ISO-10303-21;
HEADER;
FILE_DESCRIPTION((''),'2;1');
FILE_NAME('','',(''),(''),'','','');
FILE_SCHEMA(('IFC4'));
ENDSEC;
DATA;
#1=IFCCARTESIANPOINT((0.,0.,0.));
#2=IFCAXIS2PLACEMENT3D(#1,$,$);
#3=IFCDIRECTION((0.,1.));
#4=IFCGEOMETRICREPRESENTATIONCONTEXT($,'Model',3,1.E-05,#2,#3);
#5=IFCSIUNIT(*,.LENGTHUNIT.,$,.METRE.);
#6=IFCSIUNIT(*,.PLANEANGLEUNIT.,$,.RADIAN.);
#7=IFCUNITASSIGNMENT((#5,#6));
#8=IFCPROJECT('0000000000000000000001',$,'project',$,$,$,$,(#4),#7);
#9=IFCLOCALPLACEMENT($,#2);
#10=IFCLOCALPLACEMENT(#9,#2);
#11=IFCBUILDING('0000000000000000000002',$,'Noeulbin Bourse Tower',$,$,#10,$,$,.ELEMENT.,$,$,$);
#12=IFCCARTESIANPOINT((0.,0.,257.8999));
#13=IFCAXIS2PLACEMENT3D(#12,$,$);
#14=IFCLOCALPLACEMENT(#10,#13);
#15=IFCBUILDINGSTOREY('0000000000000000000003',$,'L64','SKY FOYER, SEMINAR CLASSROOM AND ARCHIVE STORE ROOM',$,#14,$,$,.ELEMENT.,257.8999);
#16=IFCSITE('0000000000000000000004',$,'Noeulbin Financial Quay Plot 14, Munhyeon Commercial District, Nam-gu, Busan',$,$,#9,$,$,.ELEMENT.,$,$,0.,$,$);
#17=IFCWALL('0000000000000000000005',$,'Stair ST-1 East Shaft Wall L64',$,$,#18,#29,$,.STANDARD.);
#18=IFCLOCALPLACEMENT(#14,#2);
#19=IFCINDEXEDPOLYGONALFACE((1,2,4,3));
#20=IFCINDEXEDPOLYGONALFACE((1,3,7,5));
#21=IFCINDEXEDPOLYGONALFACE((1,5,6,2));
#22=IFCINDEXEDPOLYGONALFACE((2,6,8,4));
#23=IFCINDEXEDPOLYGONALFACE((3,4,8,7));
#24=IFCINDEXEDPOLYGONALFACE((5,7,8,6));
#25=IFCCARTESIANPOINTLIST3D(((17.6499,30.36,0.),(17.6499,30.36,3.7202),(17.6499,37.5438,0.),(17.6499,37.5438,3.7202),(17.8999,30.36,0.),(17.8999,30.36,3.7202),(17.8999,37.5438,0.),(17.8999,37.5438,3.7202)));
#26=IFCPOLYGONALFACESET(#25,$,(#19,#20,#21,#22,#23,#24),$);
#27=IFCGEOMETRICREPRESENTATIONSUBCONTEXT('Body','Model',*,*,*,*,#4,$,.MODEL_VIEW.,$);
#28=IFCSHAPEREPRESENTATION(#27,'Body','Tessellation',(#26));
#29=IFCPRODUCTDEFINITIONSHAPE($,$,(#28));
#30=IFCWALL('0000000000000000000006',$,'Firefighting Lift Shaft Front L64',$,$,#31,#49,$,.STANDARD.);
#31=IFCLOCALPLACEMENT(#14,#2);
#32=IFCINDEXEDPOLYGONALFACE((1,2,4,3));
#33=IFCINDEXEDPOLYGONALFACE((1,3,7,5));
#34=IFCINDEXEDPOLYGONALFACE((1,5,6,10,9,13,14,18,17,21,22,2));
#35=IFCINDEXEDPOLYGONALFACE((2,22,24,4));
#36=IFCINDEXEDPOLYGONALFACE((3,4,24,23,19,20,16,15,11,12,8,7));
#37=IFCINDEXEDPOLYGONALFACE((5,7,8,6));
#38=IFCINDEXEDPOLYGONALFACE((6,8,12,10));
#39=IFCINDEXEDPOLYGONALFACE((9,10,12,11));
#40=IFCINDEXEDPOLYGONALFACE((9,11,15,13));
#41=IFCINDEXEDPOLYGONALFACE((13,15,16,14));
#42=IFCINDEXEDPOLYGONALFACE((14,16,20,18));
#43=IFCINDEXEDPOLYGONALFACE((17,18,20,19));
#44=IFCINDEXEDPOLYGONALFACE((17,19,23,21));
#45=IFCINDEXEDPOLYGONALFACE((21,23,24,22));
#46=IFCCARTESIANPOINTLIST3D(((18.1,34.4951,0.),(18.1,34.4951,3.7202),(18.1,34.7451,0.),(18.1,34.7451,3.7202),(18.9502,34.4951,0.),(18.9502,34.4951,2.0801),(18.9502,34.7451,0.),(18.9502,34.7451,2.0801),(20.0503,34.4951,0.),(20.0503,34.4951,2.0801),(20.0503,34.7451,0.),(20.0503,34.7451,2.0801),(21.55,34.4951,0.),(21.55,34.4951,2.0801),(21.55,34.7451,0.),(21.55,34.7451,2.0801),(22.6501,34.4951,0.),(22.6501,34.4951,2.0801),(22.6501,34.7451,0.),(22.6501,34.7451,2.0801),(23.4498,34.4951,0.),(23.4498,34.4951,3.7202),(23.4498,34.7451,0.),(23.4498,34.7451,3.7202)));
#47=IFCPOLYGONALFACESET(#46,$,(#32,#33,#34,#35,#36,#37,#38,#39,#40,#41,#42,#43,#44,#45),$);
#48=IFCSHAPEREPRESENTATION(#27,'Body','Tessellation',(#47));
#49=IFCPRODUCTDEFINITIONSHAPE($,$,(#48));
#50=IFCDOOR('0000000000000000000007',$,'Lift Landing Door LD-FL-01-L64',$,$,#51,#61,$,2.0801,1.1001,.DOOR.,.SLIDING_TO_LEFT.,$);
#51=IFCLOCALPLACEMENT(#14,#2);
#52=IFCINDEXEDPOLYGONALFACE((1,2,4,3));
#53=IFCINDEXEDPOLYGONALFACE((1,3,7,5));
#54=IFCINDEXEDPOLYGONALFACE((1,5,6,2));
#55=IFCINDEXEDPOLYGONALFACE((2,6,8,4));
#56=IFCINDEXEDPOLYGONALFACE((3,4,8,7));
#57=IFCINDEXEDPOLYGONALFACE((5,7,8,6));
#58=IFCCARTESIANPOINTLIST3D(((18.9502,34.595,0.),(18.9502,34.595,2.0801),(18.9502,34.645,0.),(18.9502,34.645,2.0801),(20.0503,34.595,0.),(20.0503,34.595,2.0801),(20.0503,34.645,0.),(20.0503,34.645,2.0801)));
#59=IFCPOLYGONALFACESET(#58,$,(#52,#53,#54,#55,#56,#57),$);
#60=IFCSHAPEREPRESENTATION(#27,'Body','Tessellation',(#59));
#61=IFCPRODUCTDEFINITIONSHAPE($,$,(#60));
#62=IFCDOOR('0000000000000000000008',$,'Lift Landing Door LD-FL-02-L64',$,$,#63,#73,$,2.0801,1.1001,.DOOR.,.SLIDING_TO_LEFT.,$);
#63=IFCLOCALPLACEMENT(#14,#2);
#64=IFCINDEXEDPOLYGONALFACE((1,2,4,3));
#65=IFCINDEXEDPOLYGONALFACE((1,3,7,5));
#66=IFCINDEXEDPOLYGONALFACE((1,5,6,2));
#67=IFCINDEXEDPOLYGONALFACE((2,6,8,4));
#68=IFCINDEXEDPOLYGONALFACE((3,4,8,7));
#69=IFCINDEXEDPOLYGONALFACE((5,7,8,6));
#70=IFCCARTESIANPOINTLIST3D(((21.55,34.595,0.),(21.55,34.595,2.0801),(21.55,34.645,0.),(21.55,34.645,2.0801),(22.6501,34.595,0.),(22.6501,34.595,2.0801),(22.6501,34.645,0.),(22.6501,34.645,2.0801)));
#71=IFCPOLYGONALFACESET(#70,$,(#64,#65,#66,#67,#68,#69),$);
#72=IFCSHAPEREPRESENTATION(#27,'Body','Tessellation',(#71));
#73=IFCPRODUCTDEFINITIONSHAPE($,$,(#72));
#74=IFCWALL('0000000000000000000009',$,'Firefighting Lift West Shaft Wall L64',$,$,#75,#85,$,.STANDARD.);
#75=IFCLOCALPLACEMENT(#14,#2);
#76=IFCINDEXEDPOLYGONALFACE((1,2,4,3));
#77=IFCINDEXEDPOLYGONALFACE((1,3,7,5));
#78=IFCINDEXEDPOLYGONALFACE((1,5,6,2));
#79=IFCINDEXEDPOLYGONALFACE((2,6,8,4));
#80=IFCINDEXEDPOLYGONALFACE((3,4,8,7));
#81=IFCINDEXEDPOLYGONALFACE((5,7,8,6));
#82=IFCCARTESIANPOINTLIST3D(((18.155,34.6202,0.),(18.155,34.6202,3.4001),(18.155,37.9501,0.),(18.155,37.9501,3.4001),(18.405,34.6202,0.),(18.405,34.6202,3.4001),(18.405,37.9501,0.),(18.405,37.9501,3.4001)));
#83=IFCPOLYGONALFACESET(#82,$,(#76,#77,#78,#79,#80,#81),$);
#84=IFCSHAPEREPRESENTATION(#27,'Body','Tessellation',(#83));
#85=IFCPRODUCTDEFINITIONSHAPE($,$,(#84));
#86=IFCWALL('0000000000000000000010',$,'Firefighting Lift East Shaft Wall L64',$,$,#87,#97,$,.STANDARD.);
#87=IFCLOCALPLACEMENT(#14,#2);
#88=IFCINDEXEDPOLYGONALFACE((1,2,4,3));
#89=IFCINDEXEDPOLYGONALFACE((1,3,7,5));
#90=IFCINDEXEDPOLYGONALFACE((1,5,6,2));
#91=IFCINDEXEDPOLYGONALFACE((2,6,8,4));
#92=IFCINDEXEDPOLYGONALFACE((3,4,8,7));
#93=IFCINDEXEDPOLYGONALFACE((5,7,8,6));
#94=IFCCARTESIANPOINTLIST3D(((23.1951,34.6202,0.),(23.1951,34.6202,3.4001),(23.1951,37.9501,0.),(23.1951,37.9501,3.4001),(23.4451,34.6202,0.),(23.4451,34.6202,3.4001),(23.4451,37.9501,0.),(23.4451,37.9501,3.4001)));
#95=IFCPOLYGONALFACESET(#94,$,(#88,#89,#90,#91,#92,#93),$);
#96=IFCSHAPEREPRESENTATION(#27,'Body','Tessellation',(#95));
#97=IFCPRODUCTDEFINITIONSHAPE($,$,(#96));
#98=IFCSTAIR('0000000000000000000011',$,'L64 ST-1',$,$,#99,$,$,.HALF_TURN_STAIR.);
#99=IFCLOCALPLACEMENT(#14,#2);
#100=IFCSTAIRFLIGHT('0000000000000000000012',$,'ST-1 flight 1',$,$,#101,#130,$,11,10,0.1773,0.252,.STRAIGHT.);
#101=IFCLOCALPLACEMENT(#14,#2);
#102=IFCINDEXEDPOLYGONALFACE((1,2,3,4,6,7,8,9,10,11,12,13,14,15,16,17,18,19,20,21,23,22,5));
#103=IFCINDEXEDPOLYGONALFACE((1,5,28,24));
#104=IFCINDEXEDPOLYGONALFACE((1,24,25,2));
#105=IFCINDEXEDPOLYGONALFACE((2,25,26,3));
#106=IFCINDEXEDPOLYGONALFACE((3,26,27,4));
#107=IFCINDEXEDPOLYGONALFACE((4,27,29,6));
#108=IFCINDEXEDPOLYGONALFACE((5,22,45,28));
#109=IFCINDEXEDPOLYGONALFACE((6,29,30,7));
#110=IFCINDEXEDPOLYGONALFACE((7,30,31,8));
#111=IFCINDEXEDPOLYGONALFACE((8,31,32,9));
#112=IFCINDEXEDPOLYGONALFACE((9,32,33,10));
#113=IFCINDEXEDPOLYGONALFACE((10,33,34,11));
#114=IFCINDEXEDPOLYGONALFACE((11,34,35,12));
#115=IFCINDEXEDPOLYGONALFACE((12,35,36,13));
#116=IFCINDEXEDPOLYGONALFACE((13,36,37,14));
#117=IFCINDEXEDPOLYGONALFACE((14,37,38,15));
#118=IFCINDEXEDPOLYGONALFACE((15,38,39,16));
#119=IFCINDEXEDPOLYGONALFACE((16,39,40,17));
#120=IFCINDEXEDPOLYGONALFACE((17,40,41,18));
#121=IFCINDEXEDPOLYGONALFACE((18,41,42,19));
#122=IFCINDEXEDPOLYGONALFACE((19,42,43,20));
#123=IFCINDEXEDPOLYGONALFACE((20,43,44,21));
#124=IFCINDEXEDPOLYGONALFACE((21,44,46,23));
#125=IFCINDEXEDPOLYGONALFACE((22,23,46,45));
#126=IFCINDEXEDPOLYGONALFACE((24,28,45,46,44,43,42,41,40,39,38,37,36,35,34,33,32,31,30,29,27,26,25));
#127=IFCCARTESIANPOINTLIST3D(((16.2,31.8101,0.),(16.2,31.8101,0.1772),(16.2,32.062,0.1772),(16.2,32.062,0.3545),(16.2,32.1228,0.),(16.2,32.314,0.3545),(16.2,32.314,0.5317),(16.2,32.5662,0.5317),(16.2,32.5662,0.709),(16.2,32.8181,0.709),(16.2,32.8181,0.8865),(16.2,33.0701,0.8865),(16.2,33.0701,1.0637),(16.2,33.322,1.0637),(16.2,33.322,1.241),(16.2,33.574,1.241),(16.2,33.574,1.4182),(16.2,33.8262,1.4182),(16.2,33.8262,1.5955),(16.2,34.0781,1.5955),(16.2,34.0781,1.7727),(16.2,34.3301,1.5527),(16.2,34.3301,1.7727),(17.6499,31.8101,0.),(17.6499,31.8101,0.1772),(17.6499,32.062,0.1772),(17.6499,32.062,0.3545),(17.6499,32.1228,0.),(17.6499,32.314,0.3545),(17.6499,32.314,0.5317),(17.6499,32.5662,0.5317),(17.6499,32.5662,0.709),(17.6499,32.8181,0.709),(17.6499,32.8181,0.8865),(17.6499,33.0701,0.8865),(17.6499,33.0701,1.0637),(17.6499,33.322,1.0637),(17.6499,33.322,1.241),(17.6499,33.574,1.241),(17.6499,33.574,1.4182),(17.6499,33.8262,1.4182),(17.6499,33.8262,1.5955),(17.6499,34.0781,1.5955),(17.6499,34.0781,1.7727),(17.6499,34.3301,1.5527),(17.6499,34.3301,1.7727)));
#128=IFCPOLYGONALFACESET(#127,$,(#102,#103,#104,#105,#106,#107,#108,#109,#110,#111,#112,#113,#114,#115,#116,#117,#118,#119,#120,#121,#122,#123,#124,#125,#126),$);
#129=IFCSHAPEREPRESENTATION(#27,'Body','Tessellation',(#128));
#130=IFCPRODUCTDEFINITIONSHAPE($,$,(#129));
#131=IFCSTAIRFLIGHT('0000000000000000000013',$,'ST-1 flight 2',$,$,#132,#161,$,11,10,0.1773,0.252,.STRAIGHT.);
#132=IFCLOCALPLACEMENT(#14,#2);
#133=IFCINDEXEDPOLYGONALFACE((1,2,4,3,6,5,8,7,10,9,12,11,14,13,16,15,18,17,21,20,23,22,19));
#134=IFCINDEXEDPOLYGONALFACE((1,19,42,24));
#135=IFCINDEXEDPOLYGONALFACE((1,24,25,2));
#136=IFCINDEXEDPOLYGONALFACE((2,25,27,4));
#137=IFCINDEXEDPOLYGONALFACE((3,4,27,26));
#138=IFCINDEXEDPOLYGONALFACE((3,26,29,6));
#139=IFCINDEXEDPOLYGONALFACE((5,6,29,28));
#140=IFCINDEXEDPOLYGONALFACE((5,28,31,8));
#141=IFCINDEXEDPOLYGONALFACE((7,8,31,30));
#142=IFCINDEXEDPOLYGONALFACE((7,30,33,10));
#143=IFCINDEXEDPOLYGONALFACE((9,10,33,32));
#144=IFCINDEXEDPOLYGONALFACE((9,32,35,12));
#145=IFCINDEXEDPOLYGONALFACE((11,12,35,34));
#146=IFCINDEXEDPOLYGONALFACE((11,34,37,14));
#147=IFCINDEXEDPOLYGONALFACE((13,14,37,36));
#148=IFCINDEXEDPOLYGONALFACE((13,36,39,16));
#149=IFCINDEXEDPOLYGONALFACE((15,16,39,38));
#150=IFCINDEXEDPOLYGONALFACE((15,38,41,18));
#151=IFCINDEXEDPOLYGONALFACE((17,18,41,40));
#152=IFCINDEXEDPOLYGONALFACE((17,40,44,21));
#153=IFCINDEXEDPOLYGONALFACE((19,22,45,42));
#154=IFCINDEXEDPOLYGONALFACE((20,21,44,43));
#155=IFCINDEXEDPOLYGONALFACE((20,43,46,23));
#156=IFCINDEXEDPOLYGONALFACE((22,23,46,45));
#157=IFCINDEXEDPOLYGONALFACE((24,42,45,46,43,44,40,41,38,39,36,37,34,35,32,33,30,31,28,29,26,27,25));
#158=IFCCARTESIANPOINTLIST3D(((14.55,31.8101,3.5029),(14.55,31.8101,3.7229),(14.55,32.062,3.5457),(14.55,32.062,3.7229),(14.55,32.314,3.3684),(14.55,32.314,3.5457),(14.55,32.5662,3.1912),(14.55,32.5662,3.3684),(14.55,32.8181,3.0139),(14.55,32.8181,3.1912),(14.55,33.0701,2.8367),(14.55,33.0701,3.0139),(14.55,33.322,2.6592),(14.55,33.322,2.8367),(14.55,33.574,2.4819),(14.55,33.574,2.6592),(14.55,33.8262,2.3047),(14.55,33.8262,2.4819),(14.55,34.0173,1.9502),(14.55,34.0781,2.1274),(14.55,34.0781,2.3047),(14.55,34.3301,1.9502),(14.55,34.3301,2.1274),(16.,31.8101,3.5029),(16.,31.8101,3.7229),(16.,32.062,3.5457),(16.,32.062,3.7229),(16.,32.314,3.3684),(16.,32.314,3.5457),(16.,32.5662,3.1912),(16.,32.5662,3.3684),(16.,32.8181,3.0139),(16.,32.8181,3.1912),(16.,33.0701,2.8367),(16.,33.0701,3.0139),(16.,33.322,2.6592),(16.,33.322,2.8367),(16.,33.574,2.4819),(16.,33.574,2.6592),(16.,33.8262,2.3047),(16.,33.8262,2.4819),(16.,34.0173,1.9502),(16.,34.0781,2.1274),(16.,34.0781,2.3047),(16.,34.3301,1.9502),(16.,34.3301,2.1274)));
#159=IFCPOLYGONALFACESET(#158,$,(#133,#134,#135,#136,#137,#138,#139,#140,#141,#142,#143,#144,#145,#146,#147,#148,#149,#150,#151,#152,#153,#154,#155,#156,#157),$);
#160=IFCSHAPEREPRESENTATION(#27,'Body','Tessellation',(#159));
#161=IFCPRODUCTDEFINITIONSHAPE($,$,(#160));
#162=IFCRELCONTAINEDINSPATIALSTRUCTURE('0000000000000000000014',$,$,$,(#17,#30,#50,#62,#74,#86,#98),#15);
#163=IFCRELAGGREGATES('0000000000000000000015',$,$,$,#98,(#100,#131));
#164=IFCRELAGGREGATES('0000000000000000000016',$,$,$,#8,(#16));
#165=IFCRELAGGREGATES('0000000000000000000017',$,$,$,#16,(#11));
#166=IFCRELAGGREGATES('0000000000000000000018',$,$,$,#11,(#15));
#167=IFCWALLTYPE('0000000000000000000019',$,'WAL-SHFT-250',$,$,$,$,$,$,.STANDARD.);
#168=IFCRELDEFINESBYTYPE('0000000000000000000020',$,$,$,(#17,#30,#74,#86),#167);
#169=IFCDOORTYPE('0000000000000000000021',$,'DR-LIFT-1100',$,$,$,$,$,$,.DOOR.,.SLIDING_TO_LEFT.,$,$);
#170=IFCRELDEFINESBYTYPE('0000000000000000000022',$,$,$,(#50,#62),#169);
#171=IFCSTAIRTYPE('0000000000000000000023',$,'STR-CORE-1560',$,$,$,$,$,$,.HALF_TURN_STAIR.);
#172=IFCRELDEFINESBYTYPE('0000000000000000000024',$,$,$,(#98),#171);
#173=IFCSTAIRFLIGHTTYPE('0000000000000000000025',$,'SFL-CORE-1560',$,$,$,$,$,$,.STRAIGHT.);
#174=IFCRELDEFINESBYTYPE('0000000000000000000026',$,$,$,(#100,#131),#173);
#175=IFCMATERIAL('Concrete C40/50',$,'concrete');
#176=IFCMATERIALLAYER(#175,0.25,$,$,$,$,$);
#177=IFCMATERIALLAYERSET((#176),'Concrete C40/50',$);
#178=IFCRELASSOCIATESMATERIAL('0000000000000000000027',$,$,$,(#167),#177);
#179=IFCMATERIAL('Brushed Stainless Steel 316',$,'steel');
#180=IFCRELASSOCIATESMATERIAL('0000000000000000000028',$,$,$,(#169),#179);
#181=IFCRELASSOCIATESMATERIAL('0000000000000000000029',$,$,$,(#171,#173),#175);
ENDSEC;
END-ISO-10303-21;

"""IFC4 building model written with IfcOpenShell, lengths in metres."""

from ifc_helpers import new_model, si_unit, direction, frame, frame_2d, origin, place, context, subcontext, project, spatial, polyline, rectangle, outline, extrude, material, layer, layer_set, type_object, element, fill, aggregate, save


model = new_model("IFC4")

# Units and contexts
model_context = context("Model", 3, precision=1e-05, world=origin(), true_north=direction((0.0, 1.0)))
body_context = subcontext(model_context, "Body", "Model", "MODEL_VIEW")
ifc_project = project(units=[si_unit("LENGTHUNIT", "METRE"), si_unit("PLANEANGLEUNIT", "RADIAN")], contexts=[model_context])

# Site, building, storey
site_placement = place(None, origin())
site = spatial("IfcSite", under=ifc_project, at=site_placement, Name="Noeulbin Financial Quay Plot 14, Munhyeon Commercial District, Nam-gu, Busan", CompositionType="ELEMENT", RefElevation=0.0)
building_placement = place(site_placement, origin())
building = spatial("IfcBuilding", under=site, at=building_placement, Name="Noeulbin Bourse Tower", CompositionType="ELEMENT")
storey_placement = place(building_placement, frame((0.0, 0.0, 257.8999)))
storey = spatial("IfcBuildingStorey", under=building, at=storey_placement, Name="L64", Description="SKY FOYER, SEMINAR CLASSROOM AND ARCHIVE STORE ROOM", CompositionType="ELEMENT", Elevation=257.8999)

# Shared definitions
ifc_material_1 = material(Name="Concrete C40/50", Category="concrete")

# Wall
ifc_layer_1 = layer(ifc_material_1, 0.25)
ifc_layer_set_1 = layer_set([ifc_layer_1], Name="Concrete C40/50")
wall_type_1 = type_object("IfcWallType", Name="WAL-SHFT-250", PredefinedType="STANDARD", material=ifc_layer_set_1)
wall_1_placement = place(storey_placement, frame((17.7749, 30.3601, 0.0), z_axis=(0.0, 0.0, 1.0), x_axis=(0.0, 1.0, 0.0)))
element("IfcWall", 1, at=wall_1_placement, inside=storey, type_object=wall_type_1, Name="Stair ST-1 East Shaft Wall L64", PredefinedType="STANDARD", context=body_context, shape_type="SweptSolid", body=[
    extrude(rectangle(XDim=7.1838, YDim=0.25, at=frame_2d((3.5918, 0.0))), origin(), (0.0, 0.0, 1.0), 3.7202),
])

# Wall, openings, doors
wall_2_placement = place(storey_placement, frame((18.1001, 34.6201, 0.0), z_axis=(0.0, 0.0, 1.0), x_axis=(1.0, 0.0, 0.0)))
wall_2 = element("IfcWall", 2, at=wall_2_placement, inside=storey, type_object=wall_type_1, Name="Firefighting Lift Shaft Front L64", PredefinedType="STANDARD", context=body_context, shape_type="SweptSolid", body=[
    extrude(rectangle(XDim=5.3499, YDim=0.25, at=frame_2d((2.6748, 0.0))), origin(), (0.0, 0.0, 1.0), 3.7202),
])
opening_1_placement = place(wall_2_placement, frame((0.8501, 0.0, 0.0)))
opening_1 = element("IfcOpeningElement", 3, at=opening_1_placement, cuts=wall_2, PredefinedType="OPENING", context=body_context, shape_type="SweptSolid", body=[
    extrude(rectangle(XDim=1.1001, YDim=2.0801, at=frame_2d((0.55, 1.04))), frame((0.0, 0.135, 0.0), z_axis=(0.0, -1.0, 0.0), x_axis=(1.0, 0.0, 0.0)), (0.0, 0.0, 1.0), 0.27),
])
opening_2_placement = place(wall_2_placement, frame((3.45, 0.0, 0.0)))
opening_2 = element("IfcOpeningElement", 4, at=opening_2_placement, cuts=wall_2, PredefinedType="OPENING", context=body_context, shape_type="SweptSolid", body=[
    extrude(rectangle(XDim=1.1001, YDim=2.0801, at=frame_2d((0.55, 1.04))), frame((0.0, 0.135, 0.0), z_axis=(0.0, -1.0, 0.0), x_axis=(1.0, 0.0, 0.0)), (0.0, 0.0, 1.0), 0.27),
])
ifc_material_2 = material(Name="Brushed Stainless Steel 316", Category="steel")
door_type_1 = type_object("IfcDoorType", Name="DR-LIFT-1100", OperationType="SLIDING_TO_LEFT", PredefinedType="DOOR", material=ifc_material_2)
door_1_placement = place(opening_1_placement, origin())
door_1 = element("IfcDoor", 5, at=door_1_placement, inside=storey, type_object=door_type_1, Name="Lift Landing Door LD-FL-01-L64", OperationType="SLIDING_TO_LEFT", OverallHeight=2.0801, OverallWidth=1.1001, PredefinedType="DOOR", context=body_context, shape_type="SweptSolid", body=[
    extrude(rectangle(XDim=1.1001, YDim=2.0801, at=frame_2d((0.55, 1.04))), frame((0.0, 0.0249, 0.0), z_axis=(0.0, -1.0, 0.0), x_axis=(1.0, 0.0, 0.0)), (0.0, 0.0, 1.0), 0.05),
])
fill(opening_1, door_1)
door_2_placement = place(opening_2_placement, origin())
door_2 = element("IfcDoor", 6, at=door_2_placement, inside=storey, type_object=door_type_1, Name="Lift Landing Door LD-FL-02-L64", OperationType="SLIDING_TO_LEFT", OverallHeight=2.0801, OverallWidth=1.1001, PredefinedType="DOOR", context=body_context, shape_type="SweptSolid", body=[
    extrude(rectangle(XDim=1.1001, YDim=2.0801, at=frame_2d((0.55, 1.04))), frame((0.0, 0.0249, 0.0), z_axis=(0.0, -1.0, 0.0), x_axis=(1.0, 0.0, 0.0)), (0.0, 0.0, 1.0), 0.05),
])
fill(opening_2, door_2)

# Walls
for number, where, z_axis, x_axis, name in (
    (7, (18.28, 34.6201, 0.0), (0.0, 0.0, 1.0), (0.0, 1.0, 0.0), "Firefighting Lift West Shaft Wall L64"),
    (8, (23.3201, 34.6201, 0.0), (0.0, 0.0, 1.0), (0.0, 1.0, 0.0), "Firefighting Lift East Shaft Wall L64"),
):
    element("IfcWall", number, at=place(storey_placement, frame(where, z_axis=z_axis, x_axis=x_axis)), inside=storey, type_object=wall_type_1, Name=name, PredefinedType="STANDARD", context=body_context, shape_type="SweptSolid", body=[
        extrude(rectangle(XDim=3.3298, YDim=0.25, at=frame_2d((1.665, 0.0))), origin(), (0.0, 0.0, 1.0), 3.4001),
    ])

# Stair, stair flights
stair_type = type_object("IfcStairType", Name="STR-CORE-1560", PredefinedType="HALF_TURN_STAIR", material=ifc_material_1)
stair_placement = place(storey_placement, origin())
stair = element("IfcStair", 9, at=stair_placement, inside=storey, type_object=stair_type, Name="L64 ST-1", PredefinedType="HALF_TURN_STAIR")
stair_flight_type = type_object("IfcStairFlightType", Name="SFL-CORE-1560", PredefinedType="STRAIGHT", material=ifc_material_1)
stair_flight_1_placement = place(storey_placement, frame((16.925, 31.8101, 0.0), z_axis=(0.0, 0.0, 1.0), x_axis=(0.0, 1.0, 0.0)))
stair_flight_1 = element("IfcStairFlight", 10, at=stair_flight_1_placement, type_object=stair_flight_type, Name="ST-1 flight 1", NumberOfRisers=11, NumberOfTreads=10, PredefinedType="STRAIGHT", RiserHeight=0.1773, TreadLength=0.252, context=body_context, shape_type="SweptSolid", body=[
    extrude(outline(polyline([(0.0, 0.0), (0.0, 0.1772), (0.252, 0.1772), (0.252, 0.3545), (0.5039, 0.3545), (0.5039, 0.5317), (0.7561, 0.5317), (0.7561, 0.709), (1.0081, 0.709), (1.0081, 0.8865), (1.26, 0.8865), (1.26, 1.0637), (1.512, 1.0637), (1.512, 1.241), (1.7639, 1.241), (1.7639, 1.4182), (2.0161, 1.4182), (2.0161, 1.5955), (2.2681, 1.5955), (2.2681, 1.7727), (2.52, 1.7727), (2.52, 1.95), (2.52, 1.5527), (0.3127, 0.0), (0.0, 0.0)])), frame((0.0, 0.7251, 0.0), z_axis=(0.0, -1.0, 0.0), x_axis=(1.0, 0.0, 0.0)), (0.0, 0.0, 1.0), 1.45),
])
stair_flight_2_placement = place(storey_placement, frame((15.2749, 34.3301, 1.9502), z_axis=(0.0, 0.0, 1.0), x_axis=(0.0, -1.0, 0.0)))
stair_flight_2 = element("IfcStairFlight", 11, at=stair_flight_2_placement, type_object=stair_flight_type, Name="ST-1 flight 2", NumberOfRisers=11, NumberOfTreads=10, PredefinedType="STRAIGHT", RiserHeight=0.1773, TreadLength=0.252, context=body_context, shape_type="SweptSolid", body=[
    extrude(outline(polyline([(0.0, 0.0), (0.0, 0.1772), (0.252, 0.1772), (0.252, 0.3545), (0.5039, 0.3545), (0.5039, 0.5317), (0.7561, 0.5317), (0.7561, 0.709), (1.0081, 0.709), (1.0081, 0.8865), (1.26, 0.8865), (1.26, 1.0637), (1.512, 1.0637), (1.512, 1.241), (1.7639, 1.241), (1.7639, 1.4182), (2.0161, 1.4182), (2.0161, 1.5955), (2.2681, 1.5955), (2.2681, 1.7727), (2.52, 1.7727), (2.52, 1.95), (2.52, 1.5527), (0.3127, 0.0), (0.0, 0.0)])), frame((0.0, 0.7251, 0.0), z_axis=(0.0, -1.0, 0.0), x_axis=(1.0, 0.0, 0.0)), (0.0, 0.0, 1.0), 1.45),
])
aggregate(stair, [stair_flight_1, stair_flight_2])

save(model, "model.ifc")
